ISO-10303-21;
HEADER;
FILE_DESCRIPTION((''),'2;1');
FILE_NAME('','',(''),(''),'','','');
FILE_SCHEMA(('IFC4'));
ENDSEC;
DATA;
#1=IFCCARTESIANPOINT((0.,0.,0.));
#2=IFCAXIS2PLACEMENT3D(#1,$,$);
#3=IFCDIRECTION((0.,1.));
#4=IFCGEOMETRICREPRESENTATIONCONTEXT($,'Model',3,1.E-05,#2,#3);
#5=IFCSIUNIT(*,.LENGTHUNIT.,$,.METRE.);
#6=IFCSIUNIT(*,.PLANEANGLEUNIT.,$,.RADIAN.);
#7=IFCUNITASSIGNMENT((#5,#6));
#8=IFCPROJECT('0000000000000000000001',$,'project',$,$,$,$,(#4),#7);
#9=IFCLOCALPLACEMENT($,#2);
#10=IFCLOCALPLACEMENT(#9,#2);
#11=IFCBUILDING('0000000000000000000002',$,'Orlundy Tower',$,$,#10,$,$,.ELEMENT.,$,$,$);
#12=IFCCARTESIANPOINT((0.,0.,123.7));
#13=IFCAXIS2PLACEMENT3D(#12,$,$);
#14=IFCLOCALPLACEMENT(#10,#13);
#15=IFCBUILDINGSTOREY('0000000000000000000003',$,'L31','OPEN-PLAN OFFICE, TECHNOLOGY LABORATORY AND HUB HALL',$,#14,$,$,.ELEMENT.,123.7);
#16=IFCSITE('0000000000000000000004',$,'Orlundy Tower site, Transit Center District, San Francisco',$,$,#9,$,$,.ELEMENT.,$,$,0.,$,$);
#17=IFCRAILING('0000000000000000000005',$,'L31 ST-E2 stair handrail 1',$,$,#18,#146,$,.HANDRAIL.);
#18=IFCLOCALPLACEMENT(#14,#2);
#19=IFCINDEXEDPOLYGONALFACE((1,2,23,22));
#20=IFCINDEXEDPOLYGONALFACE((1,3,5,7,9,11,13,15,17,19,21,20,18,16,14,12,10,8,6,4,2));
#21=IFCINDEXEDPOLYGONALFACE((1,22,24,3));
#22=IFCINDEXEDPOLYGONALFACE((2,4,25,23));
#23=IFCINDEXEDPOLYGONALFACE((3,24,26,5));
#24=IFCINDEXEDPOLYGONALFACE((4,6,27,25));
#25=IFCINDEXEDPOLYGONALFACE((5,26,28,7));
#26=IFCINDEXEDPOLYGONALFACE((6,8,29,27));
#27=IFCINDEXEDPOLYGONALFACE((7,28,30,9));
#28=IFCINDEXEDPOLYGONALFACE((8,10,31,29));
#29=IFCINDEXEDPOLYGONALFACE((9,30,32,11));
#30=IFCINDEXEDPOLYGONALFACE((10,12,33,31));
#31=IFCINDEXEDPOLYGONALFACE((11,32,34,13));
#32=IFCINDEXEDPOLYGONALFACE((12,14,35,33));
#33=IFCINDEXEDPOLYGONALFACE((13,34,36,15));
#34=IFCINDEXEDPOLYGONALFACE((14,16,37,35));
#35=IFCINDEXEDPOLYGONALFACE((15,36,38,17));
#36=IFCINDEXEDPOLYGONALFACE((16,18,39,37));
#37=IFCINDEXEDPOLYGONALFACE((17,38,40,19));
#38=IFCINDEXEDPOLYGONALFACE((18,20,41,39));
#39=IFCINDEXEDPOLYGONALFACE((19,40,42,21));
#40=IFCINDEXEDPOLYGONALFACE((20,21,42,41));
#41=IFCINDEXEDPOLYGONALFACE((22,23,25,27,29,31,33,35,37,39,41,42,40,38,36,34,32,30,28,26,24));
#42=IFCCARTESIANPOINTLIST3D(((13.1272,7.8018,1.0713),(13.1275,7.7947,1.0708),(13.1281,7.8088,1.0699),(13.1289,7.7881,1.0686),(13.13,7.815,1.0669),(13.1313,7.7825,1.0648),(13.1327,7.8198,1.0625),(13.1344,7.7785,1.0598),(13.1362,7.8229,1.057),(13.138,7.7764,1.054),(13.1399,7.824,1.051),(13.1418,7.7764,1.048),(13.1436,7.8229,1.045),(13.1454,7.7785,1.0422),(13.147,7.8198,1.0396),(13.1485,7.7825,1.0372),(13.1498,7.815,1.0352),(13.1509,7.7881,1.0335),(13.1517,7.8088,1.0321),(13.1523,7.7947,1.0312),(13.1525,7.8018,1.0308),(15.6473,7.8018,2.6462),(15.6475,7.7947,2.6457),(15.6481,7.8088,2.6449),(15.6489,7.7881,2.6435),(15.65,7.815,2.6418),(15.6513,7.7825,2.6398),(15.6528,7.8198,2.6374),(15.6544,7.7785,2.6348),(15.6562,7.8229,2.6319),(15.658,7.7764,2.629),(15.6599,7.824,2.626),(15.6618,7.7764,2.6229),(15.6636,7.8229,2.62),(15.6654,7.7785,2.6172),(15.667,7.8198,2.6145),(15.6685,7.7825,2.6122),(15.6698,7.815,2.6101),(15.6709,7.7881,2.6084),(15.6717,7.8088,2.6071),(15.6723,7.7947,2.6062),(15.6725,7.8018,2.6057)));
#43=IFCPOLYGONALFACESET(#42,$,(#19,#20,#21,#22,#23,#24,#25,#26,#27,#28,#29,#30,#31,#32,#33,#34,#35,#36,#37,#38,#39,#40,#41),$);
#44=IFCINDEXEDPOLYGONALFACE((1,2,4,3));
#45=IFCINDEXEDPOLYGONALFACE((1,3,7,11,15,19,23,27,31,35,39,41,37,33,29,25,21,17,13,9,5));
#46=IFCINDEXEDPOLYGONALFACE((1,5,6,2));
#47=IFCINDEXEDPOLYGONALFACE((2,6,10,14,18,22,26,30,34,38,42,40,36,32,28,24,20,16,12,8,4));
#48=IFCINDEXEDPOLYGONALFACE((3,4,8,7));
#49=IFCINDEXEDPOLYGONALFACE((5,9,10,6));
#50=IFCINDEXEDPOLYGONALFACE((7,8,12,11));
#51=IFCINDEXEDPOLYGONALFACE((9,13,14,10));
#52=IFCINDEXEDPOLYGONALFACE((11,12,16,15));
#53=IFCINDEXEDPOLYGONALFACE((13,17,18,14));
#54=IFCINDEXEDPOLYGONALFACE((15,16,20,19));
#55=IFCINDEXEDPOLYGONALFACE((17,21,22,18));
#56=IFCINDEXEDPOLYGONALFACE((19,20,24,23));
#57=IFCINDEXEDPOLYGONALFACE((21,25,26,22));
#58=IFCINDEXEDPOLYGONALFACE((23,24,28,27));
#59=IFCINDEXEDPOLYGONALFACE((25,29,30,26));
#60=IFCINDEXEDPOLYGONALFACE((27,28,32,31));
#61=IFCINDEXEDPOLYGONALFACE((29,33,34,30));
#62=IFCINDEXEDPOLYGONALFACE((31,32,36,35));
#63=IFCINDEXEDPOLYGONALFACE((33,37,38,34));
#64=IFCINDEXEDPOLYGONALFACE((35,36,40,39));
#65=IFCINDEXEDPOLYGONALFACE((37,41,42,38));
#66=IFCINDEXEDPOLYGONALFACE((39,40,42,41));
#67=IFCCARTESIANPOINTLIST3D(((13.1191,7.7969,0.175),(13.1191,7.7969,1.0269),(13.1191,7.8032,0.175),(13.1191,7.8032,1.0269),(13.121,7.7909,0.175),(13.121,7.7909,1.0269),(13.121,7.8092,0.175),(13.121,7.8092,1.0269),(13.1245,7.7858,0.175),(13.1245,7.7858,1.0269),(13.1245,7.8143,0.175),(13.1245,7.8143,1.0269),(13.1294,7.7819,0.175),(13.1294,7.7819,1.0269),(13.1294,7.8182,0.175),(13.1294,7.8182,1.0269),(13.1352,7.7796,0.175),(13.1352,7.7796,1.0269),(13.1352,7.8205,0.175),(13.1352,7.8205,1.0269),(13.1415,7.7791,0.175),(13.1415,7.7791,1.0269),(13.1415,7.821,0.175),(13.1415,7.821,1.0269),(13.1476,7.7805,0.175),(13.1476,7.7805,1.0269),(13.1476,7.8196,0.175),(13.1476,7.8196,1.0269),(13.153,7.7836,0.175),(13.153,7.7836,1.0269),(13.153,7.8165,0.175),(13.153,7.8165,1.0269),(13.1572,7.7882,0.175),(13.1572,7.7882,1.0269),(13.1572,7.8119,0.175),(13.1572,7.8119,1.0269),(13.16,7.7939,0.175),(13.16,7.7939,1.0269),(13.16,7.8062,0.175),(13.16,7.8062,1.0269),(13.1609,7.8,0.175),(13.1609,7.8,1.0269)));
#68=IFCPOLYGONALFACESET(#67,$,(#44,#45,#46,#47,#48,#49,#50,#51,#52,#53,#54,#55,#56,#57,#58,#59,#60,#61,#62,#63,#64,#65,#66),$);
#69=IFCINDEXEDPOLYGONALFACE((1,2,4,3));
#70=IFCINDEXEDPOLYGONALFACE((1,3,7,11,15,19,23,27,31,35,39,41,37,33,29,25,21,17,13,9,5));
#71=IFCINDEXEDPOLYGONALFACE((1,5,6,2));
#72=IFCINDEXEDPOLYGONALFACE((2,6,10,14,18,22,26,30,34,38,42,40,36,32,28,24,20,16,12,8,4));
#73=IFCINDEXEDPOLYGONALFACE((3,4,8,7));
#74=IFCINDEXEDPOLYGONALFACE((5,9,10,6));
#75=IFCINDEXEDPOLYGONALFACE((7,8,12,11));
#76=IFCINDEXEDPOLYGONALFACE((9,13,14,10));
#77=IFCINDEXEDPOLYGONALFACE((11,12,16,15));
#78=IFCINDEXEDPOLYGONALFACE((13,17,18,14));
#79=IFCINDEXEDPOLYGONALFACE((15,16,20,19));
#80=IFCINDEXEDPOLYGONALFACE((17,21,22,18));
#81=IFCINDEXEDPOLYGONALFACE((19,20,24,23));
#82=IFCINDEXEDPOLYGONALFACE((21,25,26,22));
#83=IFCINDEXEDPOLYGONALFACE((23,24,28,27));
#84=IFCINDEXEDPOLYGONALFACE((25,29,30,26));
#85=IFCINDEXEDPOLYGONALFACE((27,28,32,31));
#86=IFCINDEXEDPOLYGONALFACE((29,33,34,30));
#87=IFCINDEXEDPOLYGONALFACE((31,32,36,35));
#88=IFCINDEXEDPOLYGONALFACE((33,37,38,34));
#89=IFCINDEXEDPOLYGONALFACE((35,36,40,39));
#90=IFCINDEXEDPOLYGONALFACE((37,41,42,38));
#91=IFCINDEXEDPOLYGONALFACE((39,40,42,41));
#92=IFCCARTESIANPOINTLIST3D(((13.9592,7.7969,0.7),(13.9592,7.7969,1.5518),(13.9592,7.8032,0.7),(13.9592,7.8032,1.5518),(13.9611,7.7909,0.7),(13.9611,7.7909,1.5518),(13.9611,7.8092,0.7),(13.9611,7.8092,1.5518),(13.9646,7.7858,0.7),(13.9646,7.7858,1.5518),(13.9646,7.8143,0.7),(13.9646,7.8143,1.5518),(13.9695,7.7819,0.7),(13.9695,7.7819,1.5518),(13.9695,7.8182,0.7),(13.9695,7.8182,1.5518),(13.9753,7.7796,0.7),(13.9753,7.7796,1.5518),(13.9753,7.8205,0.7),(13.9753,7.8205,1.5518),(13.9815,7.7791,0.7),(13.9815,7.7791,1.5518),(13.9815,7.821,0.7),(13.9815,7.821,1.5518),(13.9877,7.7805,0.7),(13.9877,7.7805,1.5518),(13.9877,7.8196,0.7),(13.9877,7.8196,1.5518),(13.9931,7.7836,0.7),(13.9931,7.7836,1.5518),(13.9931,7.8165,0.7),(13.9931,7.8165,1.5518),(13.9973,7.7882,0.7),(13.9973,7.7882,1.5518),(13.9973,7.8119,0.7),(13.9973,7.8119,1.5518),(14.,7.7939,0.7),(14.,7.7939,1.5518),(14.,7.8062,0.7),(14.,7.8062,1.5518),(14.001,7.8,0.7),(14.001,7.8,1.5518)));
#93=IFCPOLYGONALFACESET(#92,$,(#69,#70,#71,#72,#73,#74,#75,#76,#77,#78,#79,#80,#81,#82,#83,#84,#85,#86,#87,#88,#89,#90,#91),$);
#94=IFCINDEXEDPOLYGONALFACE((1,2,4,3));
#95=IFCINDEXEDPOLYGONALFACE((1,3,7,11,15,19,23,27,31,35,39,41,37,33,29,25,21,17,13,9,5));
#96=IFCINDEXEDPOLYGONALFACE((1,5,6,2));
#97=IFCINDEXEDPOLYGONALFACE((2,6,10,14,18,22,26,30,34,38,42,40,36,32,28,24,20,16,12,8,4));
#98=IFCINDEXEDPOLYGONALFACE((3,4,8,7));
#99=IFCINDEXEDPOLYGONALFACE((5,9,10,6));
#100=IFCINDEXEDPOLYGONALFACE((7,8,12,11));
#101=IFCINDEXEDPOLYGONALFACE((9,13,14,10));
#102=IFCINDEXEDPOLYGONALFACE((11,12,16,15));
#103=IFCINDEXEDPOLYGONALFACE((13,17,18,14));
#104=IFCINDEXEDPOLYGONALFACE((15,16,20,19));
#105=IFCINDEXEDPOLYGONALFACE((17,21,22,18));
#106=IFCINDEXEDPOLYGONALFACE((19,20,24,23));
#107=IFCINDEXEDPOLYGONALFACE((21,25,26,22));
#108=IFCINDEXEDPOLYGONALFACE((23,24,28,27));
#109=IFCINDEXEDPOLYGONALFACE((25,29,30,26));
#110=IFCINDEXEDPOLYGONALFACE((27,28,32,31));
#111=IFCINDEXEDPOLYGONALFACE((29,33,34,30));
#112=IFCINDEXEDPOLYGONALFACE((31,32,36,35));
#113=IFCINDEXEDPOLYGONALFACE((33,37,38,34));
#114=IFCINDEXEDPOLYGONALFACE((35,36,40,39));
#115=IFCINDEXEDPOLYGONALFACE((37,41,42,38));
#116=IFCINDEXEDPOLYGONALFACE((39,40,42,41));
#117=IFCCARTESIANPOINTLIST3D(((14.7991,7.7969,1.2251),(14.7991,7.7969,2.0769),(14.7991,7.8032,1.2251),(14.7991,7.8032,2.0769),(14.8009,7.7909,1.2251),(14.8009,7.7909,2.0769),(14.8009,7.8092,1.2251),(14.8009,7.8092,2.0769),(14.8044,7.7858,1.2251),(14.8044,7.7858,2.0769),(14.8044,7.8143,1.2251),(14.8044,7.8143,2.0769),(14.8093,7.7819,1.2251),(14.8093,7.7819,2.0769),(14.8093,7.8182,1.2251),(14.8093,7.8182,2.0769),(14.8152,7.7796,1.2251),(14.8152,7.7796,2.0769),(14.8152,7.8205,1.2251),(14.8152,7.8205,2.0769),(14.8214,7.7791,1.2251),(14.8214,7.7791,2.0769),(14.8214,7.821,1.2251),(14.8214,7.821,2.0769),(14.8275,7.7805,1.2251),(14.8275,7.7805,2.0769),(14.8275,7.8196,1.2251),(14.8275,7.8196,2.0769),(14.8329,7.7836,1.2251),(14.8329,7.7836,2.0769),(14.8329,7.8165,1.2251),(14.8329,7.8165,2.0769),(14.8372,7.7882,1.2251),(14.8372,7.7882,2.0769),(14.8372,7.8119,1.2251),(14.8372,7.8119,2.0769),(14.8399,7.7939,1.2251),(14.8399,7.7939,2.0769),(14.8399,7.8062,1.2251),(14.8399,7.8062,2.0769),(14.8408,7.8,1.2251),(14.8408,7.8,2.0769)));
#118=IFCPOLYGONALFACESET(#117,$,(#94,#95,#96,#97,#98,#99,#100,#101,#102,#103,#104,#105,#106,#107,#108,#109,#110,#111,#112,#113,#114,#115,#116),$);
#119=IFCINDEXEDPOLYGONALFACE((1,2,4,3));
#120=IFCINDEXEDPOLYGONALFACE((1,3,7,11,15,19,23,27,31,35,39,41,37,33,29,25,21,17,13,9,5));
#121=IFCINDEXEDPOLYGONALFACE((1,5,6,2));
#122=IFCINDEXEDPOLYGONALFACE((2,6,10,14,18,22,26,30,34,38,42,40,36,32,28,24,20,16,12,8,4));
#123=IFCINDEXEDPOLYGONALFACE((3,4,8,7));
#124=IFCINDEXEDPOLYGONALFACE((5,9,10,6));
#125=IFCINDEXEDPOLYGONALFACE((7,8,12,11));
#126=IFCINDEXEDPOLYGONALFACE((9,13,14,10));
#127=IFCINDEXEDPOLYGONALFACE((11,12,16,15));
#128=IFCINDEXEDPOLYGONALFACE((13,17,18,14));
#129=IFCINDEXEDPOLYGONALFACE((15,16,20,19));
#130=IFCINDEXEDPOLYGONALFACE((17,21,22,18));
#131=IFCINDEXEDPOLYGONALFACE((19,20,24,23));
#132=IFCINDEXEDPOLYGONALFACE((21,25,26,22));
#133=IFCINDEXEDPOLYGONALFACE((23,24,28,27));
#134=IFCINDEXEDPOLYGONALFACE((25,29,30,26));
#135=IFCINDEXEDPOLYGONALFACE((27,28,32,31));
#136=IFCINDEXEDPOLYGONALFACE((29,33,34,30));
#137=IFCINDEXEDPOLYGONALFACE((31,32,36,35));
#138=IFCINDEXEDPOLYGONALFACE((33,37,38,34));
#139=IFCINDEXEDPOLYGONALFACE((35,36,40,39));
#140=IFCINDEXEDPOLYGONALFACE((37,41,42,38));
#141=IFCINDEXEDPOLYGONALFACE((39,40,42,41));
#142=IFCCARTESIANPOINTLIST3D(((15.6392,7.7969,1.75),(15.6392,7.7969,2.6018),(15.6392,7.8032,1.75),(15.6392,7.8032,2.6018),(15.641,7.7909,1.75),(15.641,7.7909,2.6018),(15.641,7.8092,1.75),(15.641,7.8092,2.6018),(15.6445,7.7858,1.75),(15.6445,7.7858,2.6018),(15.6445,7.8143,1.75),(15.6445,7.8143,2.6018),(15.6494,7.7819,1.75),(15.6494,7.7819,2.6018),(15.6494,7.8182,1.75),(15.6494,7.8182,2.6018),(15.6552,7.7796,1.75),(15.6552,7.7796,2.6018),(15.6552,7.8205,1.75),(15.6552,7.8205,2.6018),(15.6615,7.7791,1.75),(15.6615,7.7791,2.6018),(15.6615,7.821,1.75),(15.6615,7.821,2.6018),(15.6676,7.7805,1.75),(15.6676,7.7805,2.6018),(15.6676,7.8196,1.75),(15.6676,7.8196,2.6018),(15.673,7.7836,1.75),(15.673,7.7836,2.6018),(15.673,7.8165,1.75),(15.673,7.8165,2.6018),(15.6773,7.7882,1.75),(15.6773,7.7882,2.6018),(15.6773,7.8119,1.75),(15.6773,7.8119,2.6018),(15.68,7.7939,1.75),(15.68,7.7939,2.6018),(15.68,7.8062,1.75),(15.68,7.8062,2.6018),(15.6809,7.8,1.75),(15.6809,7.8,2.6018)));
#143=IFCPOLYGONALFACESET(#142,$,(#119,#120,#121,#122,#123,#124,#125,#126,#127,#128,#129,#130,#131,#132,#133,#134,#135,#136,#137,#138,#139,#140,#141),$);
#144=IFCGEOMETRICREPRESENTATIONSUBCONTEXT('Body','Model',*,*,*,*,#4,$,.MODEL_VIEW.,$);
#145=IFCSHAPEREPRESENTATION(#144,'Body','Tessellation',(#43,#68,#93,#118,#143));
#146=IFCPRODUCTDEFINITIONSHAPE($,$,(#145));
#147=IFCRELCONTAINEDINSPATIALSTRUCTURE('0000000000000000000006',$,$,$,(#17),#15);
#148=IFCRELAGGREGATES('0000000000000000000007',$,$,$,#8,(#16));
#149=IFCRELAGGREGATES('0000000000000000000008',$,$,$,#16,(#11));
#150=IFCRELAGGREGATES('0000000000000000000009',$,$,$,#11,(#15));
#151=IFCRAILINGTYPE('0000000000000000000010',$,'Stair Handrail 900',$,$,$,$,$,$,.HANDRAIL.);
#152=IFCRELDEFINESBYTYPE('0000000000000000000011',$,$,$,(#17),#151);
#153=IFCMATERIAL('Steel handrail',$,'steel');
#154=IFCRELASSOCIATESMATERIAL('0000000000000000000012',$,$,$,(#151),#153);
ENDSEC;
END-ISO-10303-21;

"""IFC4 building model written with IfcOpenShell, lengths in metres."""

from ifc_helpers import new_model, si_unit, direction, frame, origin, origin_2d, place, context, subcontext, project, spatial, circle, extrude, material, type_object, element, save


model = new_model("IFC4")

# Units and contexts
model_context = context("Model", 3, precision=1e-05, world=origin(), true_north=direction((0.0, 1.0)))
body_context = subcontext(model_context, "Body", "Model", "MODEL_VIEW")
ifc_project = project(units=[si_unit("LENGTHUNIT", "METRE"), si_unit("PLANEANGLEUNIT", "RADIAN")], contexts=[model_context])

# Site, building, storey
site_placement = place(None, origin())
site = spatial("IfcSite", under=ifc_project, at=site_placement, Name="Orlundy Tower site, Transit Center District, San Francisco", CompositionType="ELEMENT", RefElevation=0.0)
building_placement = place(site_placement, origin())
building = spatial("IfcBuilding", under=site, at=building_placement, Name="Orlundy Tower", CompositionType="ELEMENT")
storey_placement = place(building_placement, frame((0.0, 0.0, 123.7)))
storey = spatial("IfcBuildingStorey", under=building, at=storey_placement, Name="L31", Description="OPEN-PLAN OFFICE, TECHNOLOGY LABORATORY AND HUB HALL", CompositionType="ELEMENT", Elevation=123.7)

# Railing
ifc_material_1 = material(Name="Steel handrail", Category="steel")
railing_type_1 = type_object("IfcRailingType", Name="Stair Handrail 900", PredefinedType="HANDRAIL", material=ifc_material_1)
railing_1_placement = place(storey_placement, frame((13.1399, 7.8, 0.175)))
element("IfcRailing", 1, at=railing_1_placement, inside=storey, type_object=railing_type_1, Name="L31 ST-E2 stair handrail 1", PredefinedType="HANDRAIL", context=body_context, shape_type="SweptSolid", body=[
    extrude(circle(Radius=0.0239, at=origin_2d()), frame((0.0, 0.0, 0.876), z_axis=(0.848008, 0.0, 0.529984), x_axis=(0.0, 1.0, 0.0)), (0.0, 0.0, 1.0), 2.9717),
    extrude(circle(Radius=0.021, at=origin_2d()), origin(), (0.0, 0.0, 1.0), 0.8518),
    extrude(circle(Radius=0.021, at=origin_2d()), frame((0.8401, 0.0, 0.5249)), (0.0, 0.0, 1.0), 0.8518),
    extrude(circle(Radius=0.021, at=origin_2d()), frame((1.6799, 0.0, 1.05)), (0.0, 0.0, 1.0), 0.8518),
    extrude(circle(Radius=0.021, at=origin_2d()), frame((2.52, 0.0, 1.575)), (0.0, 0.0, 1.0), 0.8518),
])

save(model, "model.ifc")
